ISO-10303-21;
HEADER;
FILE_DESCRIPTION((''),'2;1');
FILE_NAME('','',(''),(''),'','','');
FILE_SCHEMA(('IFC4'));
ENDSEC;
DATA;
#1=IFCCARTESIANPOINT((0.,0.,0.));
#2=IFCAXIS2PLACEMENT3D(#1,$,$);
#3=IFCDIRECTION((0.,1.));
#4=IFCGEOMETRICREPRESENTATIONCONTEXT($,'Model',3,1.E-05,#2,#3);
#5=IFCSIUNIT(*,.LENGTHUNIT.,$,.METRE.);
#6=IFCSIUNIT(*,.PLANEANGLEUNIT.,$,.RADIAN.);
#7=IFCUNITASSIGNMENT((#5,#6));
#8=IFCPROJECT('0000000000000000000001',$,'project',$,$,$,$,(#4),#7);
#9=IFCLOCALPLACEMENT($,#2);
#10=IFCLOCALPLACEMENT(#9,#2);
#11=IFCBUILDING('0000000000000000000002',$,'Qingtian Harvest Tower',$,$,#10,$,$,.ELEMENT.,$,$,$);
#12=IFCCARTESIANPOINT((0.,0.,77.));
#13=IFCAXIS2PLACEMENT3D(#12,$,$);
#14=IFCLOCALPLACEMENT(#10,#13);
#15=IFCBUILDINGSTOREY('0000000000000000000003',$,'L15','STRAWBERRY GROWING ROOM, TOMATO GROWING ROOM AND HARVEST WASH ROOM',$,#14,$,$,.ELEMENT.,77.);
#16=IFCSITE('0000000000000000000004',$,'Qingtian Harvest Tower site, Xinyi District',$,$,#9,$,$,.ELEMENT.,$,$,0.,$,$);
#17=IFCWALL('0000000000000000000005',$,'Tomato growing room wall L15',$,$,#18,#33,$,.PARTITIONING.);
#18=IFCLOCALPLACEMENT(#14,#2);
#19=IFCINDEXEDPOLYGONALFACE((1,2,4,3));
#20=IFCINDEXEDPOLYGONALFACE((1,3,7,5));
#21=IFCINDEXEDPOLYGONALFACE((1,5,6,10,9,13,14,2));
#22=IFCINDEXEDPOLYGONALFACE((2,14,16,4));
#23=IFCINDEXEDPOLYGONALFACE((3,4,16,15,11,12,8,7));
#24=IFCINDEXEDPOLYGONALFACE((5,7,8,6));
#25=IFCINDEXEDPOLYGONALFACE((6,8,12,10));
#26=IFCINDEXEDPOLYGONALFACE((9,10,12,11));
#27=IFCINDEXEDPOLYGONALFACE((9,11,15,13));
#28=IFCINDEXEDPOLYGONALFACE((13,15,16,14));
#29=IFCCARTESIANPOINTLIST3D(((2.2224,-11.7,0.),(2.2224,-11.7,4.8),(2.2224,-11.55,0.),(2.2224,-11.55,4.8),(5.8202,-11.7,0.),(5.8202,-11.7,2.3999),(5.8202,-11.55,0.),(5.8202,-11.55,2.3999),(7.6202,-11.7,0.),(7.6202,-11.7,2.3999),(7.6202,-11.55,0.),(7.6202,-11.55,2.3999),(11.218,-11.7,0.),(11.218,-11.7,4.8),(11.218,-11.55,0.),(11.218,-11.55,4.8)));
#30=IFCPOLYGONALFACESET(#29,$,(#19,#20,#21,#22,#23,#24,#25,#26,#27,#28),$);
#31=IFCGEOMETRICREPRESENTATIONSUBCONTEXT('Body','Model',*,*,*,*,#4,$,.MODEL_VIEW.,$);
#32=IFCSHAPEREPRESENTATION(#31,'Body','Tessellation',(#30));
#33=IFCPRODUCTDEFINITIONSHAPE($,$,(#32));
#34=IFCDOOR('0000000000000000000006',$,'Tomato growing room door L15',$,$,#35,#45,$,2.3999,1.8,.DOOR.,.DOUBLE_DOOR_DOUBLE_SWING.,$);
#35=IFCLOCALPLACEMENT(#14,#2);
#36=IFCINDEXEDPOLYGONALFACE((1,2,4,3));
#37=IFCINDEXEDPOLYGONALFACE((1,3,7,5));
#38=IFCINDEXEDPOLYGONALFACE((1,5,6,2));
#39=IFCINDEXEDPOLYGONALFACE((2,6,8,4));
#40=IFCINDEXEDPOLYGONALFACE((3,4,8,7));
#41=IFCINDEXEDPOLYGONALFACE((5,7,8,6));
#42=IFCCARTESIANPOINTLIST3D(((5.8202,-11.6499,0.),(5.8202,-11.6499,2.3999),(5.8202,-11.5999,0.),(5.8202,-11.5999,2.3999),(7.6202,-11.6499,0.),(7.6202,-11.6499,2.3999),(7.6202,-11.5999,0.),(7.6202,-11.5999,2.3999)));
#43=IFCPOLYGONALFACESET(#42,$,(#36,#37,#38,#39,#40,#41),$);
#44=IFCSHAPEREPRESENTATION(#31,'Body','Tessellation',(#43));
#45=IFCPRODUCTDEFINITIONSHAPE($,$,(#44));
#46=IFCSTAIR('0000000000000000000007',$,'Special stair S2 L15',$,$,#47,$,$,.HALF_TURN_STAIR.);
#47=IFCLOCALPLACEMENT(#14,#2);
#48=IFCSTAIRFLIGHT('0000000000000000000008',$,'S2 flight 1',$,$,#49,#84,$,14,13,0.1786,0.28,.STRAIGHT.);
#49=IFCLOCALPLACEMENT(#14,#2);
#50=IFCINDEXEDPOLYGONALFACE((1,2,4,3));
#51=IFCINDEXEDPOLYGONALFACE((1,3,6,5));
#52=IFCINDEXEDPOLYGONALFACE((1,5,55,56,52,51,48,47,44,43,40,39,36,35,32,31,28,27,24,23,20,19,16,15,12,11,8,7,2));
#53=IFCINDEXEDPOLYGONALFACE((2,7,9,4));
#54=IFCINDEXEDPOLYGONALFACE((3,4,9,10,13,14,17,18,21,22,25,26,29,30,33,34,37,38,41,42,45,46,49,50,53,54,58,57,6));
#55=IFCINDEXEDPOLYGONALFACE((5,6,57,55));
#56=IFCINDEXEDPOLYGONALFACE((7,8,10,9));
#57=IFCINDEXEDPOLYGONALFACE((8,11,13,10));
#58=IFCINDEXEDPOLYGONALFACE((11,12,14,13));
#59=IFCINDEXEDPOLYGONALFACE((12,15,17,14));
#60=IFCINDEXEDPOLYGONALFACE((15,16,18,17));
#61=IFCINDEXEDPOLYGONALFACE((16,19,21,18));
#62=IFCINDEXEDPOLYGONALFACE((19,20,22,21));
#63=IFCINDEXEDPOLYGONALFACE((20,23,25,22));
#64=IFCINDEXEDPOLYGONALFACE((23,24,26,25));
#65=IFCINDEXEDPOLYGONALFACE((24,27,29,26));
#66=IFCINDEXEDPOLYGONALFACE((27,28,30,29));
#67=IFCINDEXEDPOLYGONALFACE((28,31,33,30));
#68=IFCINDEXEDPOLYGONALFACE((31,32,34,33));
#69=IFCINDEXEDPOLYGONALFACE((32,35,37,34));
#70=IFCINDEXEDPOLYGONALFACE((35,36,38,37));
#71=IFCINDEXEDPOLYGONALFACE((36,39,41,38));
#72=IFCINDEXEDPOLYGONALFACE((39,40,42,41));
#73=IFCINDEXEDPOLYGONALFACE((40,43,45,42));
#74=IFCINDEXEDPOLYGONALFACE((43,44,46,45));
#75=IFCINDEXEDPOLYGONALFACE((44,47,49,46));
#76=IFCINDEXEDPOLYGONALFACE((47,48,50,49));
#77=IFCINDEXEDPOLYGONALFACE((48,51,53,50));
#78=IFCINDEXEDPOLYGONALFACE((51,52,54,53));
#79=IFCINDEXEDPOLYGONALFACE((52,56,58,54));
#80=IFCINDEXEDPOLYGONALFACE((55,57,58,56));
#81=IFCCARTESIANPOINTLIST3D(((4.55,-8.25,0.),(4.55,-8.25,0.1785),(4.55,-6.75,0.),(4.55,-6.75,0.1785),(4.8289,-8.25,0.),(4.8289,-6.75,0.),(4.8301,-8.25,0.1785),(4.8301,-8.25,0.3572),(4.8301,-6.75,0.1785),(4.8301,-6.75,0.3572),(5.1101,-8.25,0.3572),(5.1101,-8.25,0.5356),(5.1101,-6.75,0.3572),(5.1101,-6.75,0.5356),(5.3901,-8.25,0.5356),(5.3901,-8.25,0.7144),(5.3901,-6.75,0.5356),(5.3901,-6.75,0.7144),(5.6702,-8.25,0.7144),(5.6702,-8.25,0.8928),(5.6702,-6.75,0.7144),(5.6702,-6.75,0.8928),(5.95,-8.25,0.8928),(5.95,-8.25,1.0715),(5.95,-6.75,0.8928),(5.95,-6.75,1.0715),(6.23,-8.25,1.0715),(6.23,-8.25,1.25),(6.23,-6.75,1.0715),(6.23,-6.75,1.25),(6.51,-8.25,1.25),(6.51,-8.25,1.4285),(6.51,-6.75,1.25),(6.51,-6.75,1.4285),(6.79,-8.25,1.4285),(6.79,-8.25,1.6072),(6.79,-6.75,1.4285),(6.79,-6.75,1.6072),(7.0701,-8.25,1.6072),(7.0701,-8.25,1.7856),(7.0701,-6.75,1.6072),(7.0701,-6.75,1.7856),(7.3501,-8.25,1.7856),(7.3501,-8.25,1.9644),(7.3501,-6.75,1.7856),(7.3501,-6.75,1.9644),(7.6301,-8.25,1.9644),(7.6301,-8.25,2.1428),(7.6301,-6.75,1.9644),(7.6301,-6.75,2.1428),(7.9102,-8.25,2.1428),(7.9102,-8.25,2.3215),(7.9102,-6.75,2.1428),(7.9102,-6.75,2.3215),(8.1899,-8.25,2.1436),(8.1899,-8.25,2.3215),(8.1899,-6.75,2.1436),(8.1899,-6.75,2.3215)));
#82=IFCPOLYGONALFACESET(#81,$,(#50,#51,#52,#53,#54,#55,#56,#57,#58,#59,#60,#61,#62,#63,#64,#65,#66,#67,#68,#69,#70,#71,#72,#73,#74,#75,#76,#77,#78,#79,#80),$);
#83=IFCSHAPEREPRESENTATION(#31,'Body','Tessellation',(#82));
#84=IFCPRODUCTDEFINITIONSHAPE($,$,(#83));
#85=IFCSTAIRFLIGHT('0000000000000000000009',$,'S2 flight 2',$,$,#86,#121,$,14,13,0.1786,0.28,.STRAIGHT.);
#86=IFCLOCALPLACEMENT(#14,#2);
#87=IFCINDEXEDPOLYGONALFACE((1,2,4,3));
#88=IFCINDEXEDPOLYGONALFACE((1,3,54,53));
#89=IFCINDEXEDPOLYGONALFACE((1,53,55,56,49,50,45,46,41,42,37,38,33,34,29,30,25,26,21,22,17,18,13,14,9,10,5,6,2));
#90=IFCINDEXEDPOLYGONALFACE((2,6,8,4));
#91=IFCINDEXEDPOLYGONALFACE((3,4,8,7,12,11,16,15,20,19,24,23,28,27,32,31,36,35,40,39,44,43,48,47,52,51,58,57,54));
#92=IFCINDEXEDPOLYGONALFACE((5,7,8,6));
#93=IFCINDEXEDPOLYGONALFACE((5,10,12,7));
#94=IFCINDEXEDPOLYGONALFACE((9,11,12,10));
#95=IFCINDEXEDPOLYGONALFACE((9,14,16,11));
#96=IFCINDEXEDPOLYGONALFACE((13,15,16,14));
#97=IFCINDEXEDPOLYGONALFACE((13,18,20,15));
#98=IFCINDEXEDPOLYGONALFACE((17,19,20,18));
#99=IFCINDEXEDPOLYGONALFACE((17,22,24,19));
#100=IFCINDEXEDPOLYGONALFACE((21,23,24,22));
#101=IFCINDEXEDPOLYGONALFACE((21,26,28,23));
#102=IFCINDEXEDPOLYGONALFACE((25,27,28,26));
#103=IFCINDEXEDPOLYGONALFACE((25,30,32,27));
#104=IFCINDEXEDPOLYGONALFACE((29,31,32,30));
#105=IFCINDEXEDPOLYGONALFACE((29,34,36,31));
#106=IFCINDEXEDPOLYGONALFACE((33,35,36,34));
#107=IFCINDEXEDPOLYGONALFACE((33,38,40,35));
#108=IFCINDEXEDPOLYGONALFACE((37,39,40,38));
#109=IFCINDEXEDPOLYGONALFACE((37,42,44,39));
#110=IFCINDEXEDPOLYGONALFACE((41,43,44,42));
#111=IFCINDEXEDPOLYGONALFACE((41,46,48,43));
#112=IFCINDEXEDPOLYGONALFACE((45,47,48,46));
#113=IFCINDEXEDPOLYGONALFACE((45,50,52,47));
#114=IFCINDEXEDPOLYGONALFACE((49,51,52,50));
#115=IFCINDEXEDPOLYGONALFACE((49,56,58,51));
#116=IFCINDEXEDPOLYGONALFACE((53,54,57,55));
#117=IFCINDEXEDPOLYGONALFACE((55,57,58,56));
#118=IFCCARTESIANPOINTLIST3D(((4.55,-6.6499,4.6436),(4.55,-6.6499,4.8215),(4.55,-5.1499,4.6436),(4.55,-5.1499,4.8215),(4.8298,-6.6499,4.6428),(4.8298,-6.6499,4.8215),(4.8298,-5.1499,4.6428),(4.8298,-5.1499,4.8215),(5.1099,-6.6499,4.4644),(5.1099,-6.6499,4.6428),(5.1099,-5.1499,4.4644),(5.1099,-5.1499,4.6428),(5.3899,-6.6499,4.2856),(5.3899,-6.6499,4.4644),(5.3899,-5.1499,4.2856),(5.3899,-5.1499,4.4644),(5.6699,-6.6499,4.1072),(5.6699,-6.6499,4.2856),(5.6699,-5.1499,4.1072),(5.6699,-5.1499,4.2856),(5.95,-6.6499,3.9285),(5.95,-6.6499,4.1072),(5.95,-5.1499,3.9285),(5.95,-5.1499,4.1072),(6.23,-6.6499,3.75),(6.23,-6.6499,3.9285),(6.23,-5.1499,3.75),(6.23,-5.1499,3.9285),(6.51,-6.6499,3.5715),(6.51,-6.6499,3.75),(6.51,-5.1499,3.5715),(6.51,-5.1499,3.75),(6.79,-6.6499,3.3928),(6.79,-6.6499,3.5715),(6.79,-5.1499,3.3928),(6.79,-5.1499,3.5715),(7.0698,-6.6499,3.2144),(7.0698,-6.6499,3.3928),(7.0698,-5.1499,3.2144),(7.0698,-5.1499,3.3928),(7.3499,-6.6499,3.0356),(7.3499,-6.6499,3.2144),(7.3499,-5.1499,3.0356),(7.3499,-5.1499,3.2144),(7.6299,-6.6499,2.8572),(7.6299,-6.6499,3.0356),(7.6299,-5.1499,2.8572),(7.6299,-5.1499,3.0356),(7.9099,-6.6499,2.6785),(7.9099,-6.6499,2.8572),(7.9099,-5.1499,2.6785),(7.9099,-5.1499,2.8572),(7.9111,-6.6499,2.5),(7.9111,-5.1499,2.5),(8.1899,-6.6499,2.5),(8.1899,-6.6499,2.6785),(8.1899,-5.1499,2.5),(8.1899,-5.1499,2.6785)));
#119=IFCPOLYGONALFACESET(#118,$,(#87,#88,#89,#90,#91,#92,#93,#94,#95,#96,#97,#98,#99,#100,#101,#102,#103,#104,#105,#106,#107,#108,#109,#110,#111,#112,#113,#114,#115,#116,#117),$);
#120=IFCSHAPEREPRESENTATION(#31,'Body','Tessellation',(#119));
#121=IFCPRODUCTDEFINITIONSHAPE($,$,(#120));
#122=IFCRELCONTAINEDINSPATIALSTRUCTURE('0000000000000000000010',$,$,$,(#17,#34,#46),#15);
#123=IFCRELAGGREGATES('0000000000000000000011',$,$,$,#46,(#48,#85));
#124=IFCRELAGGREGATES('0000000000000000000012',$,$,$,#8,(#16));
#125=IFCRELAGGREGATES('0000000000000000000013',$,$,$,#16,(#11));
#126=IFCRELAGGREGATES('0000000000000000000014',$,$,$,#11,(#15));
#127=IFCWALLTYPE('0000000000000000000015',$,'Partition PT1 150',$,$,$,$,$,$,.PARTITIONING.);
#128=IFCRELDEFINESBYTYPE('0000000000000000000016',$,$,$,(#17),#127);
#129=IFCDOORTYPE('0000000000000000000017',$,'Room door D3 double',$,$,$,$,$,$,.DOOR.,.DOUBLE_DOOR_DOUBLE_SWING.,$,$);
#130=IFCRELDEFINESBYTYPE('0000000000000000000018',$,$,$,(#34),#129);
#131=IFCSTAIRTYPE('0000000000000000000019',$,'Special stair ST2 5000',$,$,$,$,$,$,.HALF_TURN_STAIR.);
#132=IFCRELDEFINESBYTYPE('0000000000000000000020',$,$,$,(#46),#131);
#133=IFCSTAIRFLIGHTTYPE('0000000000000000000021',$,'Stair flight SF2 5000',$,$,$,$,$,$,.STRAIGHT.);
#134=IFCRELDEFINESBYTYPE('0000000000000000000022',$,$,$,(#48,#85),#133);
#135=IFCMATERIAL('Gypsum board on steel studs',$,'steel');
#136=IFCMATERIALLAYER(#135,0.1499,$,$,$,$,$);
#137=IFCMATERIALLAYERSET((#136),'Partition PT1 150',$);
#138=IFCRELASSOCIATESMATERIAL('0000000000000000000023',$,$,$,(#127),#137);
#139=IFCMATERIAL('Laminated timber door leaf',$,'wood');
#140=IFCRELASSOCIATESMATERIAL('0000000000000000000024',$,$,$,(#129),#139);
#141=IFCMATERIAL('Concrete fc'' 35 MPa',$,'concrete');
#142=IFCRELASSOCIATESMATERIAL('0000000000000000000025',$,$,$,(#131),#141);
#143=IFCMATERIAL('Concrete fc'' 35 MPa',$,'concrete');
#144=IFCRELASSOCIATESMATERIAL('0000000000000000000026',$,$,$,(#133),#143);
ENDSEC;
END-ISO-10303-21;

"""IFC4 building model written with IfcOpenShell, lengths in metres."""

from ifc_helpers import new_model, si_unit, direction, frame, frame_2d, origin, place, context, subcontext, project, spatial, polyline, rectangle, outline, extrude, material, layer, layer_set, type_object, element, fill, aggregate, save


model = new_model("IFC4")

# Units and contexts
model_context = context("Model", 3, precision=1e-05, world=origin(), true_north=direction((0.0, 1.0)))
body_context = subcontext(model_context, "Body", "Model", "MODEL_VIEW")
ifc_project = project(units=[si_unit("LENGTHUNIT", "METRE"), si_unit("PLANEANGLEUNIT", "RADIAN")], contexts=[model_context])

# Site, building, storey
site_placement = place(None, origin())
site = spatial("IfcSite", under=ifc_project, at=site_placement, Name="Qingtian Harvest Tower site, Xinyi District", CompositionType="ELEMENT", RefElevation=0.0)
building_placement = place(site_placement, origin())
building = spatial("IfcBuilding", under=site, at=building_placement, Name="Qingtian Harvest Tower", CompositionType="ELEMENT")
storey_placement = place(building_placement, frame((0.0, 0.0, 77.0)))
storey = spatial("IfcBuildingStorey", under=building, at=storey_placement, Name="L15", Description="STRAWBERRY GROWING ROOM, TOMATO GROWING ROOM AND HARVEST WASH ROOM", CompositionType="ELEMENT", Elevation=77.0)

# Wall, opening, door
ifc_material_1 = material(Name="Gypsum board on steel studs", Category="steel")
ifc_layer_1 = layer(ifc_material_1, 0.1499)
ifc_layer_set_1 = layer_set([ifc_layer_1], Name="Partition PT1 150")
wall_type_1 = type_object("IfcWallType", Name="Partition PT1 150", PredefinedType="PARTITIONING", material=ifc_layer_set_1)
wall_1_placement = place(storey_placement, frame((11.218, -11.625, 0.0), z_axis=(0.0, 0.0, 1.0), x_axis=(-1.0, 0.0, 0.0)))
wall_1 = element("IfcWall", 1, at=wall_1_placement, inside=storey, type_object=wall_type_1, Name="Tomato growing room wall L15", PredefinedType="PARTITIONING", context=body_context, shape_type="SweptSolid", body=[
    extrude(rectangle(XDim=8.9956, YDim=0.1499, at=frame_2d((4.4978, 0.0))), origin(), (0.0, 0.0, 1.0), 4.8),
])
opening_1_placement = place(wall_1_placement, frame((3.5979, 0.0, 0.0)))
opening_1 = element("IfcOpeningElement", 2, at=opening_1_placement, cuts=wall_1, PredefinedType="OPENING", context=body_context, shape_type="SweptSolid", body=[
    extrude(rectangle(XDim=1.8, YDim=2.3999, at=frame_2d((0.8999, 1.2))), frame((0.0, 0.085, 0.0), z_axis=(0.0, -1.0, 0.0), x_axis=(1.0, 0.0, 0.0)), (0.0, 0.0, 1.0), 0.1699),
])
ifc_material_2 = material(Name="Laminated timber door leaf", Category="wood")
door_type_1 = type_object("IfcDoorType", Name="Room door D3 double", OperationType="DOUBLE_DOOR_DOUBLE_SWING", PredefinedType="DOOR", material=ifc_material_2)
door_1_placement = place(opening_1_placement, origin())
door_1 = element("IfcDoor", 3, at=door_1_placement, inside=storey, type_object=door_type_1, Name="Tomato growing room door L15", OperationType="DOUBLE_DOOR_DOUBLE_SWING", OverallHeight=2.3999, OverallWidth=1.8, PredefinedType="DOOR", context=body_context, shape_type="SweptSolid", body=[
    extrude(rectangle(XDim=1.8, YDim=2.3999, at=frame_2d((0.8999, 1.2))), frame((0.0, 0.0249, 0.0), z_axis=(0.0, -1.0, 0.0), x_axis=(1.0, 0.0, 0.0)), (0.0, 0.0, 1.0), 0.05),
])
fill(opening_1, door_1)

# Stair, stair flights
ifc_material_3 = material(Name="Concrete fc' 35 MPa", Category="concrete")
stair_type = type_object("IfcStairType", Name="Special stair ST2 5000", PredefinedType="HALF_TURN_STAIR", material=ifc_material_3)
stair_placement = place(storey_placement, origin())
stair = element("IfcStair", 4, at=stair_placement, inside=storey, type_object=stair_type, Name="Special stair S2 L15", PredefinedType="HALF_TURN_STAIR")
ifc_material_4 = material(Name="Concrete fc' 35 MPa", Category="concrete")
stair_flight_type = type_object("IfcStairFlightType", Name="Stair flight SF2 5000", PredefinedType="STRAIGHT", material=ifc_material_4)
stair_flight_1_placement = place(storey_placement, frame((4.55, -7.5, 0.0), z_axis=(0.0, 0.0, 1.0), x_axis=(1.0, 0.0, 0.0)))
stair_flight_1 = element("IfcStairFlight", 5, at=stair_flight_1_placement, type_object=stair_flight_type, Name="S2 flight 1", NumberOfRisers=14, NumberOfTreads=13, PredefinedType="STRAIGHT", RiserHeight=0.1786, TreadLength=0.28, context=body_context, shape_type="SweptSolid", body=[
    extrude(outline(polyline([(0.0, 0.0), (0.0, 0.1785), (0.28, 0.1785), (0.28, 0.3572), (0.5601, 0.3572), (0.5601, 0.5356), (0.8401, 0.5356), (0.8401, 0.7144), (1.1201, 0.7144), (1.1201, 0.8928), (1.3999, 0.8928), (1.3999, 1.0715), (1.6799, 1.0715), (1.6799, 1.25), (1.96, 1.25), (1.96, 1.4285), (2.24, 1.4285), (2.24, 1.6072), (2.52, 1.6072), (2.52, 1.7856), (2.8, 1.7856), (2.8, 1.9644), (3.0801, 1.9644), (3.0801, 2.1428), (3.3601, 2.1428), (3.3601, 2.3215), (3.6399, 2.3215), (3.6399, 2.5), (3.6399, 2.1436), (0.2788, 0.0), (0.0, 0.0)])), frame((0.0, 0.75, 0.0), z_axis=(0.0, -1.0, 0.0), x_axis=(1.0, 0.0, 0.0)), (0.0, 0.0, 1.0), 1.5),
])
stair_flight_2_placement = place(storey_placement, frame((8.1899, -5.8999, 2.5), z_axis=(0.0, 0.0, 1.0), x_axis=(-1.0, 0.0, 0.0)))
stair_flight_2 = element("IfcStairFlight", 6, at=stair_flight_2_placement, type_object=stair_flight_type, Name="S2 flight 2", NumberOfRisers=14, NumberOfTreads=13, PredefinedType="STRAIGHT", RiserHeight=0.1786, TreadLength=0.28, context=body_context, shape_type="SweptSolid", body=[
    extrude(outline(polyline([(0.0, 0.0), (0.0, 0.1785), (0.28, 0.1785), (0.28, 0.3572), (0.5601, 0.3572), (0.5601, 0.5356), (0.8401, 0.5356), (0.8401, 0.7144), (1.1201, 0.7144), (1.1201, 0.8928), (1.3999, 0.8928), (1.3999, 1.0715), (1.6799, 1.0715), (1.6799, 1.25), (1.96, 1.25), (1.96, 1.4285), (2.24, 1.4285), (2.24, 1.6072), (2.52, 1.6072), (2.52, 1.7856), (2.8, 1.7856), (2.8, 1.9644), (3.0801, 1.9644), (3.0801, 2.1428), (3.3601, 2.1428), (3.3601, 2.3215), (3.6399, 2.3215), (3.6399, 2.5), (3.6399, 2.1436), (0.2788, 0.0), (0.0, 0.0)])), frame((0.0, 0.75, 0.0), z_axis=(0.0, -1.0, 0.0), x_axis=(1.0, 0.0, 0.0)), (0.0, 0.0, 1.0), 1.5),
])
aggregate(stair, [stair_flight_1, stair_flight_2])

save(model, "model.ifc")
